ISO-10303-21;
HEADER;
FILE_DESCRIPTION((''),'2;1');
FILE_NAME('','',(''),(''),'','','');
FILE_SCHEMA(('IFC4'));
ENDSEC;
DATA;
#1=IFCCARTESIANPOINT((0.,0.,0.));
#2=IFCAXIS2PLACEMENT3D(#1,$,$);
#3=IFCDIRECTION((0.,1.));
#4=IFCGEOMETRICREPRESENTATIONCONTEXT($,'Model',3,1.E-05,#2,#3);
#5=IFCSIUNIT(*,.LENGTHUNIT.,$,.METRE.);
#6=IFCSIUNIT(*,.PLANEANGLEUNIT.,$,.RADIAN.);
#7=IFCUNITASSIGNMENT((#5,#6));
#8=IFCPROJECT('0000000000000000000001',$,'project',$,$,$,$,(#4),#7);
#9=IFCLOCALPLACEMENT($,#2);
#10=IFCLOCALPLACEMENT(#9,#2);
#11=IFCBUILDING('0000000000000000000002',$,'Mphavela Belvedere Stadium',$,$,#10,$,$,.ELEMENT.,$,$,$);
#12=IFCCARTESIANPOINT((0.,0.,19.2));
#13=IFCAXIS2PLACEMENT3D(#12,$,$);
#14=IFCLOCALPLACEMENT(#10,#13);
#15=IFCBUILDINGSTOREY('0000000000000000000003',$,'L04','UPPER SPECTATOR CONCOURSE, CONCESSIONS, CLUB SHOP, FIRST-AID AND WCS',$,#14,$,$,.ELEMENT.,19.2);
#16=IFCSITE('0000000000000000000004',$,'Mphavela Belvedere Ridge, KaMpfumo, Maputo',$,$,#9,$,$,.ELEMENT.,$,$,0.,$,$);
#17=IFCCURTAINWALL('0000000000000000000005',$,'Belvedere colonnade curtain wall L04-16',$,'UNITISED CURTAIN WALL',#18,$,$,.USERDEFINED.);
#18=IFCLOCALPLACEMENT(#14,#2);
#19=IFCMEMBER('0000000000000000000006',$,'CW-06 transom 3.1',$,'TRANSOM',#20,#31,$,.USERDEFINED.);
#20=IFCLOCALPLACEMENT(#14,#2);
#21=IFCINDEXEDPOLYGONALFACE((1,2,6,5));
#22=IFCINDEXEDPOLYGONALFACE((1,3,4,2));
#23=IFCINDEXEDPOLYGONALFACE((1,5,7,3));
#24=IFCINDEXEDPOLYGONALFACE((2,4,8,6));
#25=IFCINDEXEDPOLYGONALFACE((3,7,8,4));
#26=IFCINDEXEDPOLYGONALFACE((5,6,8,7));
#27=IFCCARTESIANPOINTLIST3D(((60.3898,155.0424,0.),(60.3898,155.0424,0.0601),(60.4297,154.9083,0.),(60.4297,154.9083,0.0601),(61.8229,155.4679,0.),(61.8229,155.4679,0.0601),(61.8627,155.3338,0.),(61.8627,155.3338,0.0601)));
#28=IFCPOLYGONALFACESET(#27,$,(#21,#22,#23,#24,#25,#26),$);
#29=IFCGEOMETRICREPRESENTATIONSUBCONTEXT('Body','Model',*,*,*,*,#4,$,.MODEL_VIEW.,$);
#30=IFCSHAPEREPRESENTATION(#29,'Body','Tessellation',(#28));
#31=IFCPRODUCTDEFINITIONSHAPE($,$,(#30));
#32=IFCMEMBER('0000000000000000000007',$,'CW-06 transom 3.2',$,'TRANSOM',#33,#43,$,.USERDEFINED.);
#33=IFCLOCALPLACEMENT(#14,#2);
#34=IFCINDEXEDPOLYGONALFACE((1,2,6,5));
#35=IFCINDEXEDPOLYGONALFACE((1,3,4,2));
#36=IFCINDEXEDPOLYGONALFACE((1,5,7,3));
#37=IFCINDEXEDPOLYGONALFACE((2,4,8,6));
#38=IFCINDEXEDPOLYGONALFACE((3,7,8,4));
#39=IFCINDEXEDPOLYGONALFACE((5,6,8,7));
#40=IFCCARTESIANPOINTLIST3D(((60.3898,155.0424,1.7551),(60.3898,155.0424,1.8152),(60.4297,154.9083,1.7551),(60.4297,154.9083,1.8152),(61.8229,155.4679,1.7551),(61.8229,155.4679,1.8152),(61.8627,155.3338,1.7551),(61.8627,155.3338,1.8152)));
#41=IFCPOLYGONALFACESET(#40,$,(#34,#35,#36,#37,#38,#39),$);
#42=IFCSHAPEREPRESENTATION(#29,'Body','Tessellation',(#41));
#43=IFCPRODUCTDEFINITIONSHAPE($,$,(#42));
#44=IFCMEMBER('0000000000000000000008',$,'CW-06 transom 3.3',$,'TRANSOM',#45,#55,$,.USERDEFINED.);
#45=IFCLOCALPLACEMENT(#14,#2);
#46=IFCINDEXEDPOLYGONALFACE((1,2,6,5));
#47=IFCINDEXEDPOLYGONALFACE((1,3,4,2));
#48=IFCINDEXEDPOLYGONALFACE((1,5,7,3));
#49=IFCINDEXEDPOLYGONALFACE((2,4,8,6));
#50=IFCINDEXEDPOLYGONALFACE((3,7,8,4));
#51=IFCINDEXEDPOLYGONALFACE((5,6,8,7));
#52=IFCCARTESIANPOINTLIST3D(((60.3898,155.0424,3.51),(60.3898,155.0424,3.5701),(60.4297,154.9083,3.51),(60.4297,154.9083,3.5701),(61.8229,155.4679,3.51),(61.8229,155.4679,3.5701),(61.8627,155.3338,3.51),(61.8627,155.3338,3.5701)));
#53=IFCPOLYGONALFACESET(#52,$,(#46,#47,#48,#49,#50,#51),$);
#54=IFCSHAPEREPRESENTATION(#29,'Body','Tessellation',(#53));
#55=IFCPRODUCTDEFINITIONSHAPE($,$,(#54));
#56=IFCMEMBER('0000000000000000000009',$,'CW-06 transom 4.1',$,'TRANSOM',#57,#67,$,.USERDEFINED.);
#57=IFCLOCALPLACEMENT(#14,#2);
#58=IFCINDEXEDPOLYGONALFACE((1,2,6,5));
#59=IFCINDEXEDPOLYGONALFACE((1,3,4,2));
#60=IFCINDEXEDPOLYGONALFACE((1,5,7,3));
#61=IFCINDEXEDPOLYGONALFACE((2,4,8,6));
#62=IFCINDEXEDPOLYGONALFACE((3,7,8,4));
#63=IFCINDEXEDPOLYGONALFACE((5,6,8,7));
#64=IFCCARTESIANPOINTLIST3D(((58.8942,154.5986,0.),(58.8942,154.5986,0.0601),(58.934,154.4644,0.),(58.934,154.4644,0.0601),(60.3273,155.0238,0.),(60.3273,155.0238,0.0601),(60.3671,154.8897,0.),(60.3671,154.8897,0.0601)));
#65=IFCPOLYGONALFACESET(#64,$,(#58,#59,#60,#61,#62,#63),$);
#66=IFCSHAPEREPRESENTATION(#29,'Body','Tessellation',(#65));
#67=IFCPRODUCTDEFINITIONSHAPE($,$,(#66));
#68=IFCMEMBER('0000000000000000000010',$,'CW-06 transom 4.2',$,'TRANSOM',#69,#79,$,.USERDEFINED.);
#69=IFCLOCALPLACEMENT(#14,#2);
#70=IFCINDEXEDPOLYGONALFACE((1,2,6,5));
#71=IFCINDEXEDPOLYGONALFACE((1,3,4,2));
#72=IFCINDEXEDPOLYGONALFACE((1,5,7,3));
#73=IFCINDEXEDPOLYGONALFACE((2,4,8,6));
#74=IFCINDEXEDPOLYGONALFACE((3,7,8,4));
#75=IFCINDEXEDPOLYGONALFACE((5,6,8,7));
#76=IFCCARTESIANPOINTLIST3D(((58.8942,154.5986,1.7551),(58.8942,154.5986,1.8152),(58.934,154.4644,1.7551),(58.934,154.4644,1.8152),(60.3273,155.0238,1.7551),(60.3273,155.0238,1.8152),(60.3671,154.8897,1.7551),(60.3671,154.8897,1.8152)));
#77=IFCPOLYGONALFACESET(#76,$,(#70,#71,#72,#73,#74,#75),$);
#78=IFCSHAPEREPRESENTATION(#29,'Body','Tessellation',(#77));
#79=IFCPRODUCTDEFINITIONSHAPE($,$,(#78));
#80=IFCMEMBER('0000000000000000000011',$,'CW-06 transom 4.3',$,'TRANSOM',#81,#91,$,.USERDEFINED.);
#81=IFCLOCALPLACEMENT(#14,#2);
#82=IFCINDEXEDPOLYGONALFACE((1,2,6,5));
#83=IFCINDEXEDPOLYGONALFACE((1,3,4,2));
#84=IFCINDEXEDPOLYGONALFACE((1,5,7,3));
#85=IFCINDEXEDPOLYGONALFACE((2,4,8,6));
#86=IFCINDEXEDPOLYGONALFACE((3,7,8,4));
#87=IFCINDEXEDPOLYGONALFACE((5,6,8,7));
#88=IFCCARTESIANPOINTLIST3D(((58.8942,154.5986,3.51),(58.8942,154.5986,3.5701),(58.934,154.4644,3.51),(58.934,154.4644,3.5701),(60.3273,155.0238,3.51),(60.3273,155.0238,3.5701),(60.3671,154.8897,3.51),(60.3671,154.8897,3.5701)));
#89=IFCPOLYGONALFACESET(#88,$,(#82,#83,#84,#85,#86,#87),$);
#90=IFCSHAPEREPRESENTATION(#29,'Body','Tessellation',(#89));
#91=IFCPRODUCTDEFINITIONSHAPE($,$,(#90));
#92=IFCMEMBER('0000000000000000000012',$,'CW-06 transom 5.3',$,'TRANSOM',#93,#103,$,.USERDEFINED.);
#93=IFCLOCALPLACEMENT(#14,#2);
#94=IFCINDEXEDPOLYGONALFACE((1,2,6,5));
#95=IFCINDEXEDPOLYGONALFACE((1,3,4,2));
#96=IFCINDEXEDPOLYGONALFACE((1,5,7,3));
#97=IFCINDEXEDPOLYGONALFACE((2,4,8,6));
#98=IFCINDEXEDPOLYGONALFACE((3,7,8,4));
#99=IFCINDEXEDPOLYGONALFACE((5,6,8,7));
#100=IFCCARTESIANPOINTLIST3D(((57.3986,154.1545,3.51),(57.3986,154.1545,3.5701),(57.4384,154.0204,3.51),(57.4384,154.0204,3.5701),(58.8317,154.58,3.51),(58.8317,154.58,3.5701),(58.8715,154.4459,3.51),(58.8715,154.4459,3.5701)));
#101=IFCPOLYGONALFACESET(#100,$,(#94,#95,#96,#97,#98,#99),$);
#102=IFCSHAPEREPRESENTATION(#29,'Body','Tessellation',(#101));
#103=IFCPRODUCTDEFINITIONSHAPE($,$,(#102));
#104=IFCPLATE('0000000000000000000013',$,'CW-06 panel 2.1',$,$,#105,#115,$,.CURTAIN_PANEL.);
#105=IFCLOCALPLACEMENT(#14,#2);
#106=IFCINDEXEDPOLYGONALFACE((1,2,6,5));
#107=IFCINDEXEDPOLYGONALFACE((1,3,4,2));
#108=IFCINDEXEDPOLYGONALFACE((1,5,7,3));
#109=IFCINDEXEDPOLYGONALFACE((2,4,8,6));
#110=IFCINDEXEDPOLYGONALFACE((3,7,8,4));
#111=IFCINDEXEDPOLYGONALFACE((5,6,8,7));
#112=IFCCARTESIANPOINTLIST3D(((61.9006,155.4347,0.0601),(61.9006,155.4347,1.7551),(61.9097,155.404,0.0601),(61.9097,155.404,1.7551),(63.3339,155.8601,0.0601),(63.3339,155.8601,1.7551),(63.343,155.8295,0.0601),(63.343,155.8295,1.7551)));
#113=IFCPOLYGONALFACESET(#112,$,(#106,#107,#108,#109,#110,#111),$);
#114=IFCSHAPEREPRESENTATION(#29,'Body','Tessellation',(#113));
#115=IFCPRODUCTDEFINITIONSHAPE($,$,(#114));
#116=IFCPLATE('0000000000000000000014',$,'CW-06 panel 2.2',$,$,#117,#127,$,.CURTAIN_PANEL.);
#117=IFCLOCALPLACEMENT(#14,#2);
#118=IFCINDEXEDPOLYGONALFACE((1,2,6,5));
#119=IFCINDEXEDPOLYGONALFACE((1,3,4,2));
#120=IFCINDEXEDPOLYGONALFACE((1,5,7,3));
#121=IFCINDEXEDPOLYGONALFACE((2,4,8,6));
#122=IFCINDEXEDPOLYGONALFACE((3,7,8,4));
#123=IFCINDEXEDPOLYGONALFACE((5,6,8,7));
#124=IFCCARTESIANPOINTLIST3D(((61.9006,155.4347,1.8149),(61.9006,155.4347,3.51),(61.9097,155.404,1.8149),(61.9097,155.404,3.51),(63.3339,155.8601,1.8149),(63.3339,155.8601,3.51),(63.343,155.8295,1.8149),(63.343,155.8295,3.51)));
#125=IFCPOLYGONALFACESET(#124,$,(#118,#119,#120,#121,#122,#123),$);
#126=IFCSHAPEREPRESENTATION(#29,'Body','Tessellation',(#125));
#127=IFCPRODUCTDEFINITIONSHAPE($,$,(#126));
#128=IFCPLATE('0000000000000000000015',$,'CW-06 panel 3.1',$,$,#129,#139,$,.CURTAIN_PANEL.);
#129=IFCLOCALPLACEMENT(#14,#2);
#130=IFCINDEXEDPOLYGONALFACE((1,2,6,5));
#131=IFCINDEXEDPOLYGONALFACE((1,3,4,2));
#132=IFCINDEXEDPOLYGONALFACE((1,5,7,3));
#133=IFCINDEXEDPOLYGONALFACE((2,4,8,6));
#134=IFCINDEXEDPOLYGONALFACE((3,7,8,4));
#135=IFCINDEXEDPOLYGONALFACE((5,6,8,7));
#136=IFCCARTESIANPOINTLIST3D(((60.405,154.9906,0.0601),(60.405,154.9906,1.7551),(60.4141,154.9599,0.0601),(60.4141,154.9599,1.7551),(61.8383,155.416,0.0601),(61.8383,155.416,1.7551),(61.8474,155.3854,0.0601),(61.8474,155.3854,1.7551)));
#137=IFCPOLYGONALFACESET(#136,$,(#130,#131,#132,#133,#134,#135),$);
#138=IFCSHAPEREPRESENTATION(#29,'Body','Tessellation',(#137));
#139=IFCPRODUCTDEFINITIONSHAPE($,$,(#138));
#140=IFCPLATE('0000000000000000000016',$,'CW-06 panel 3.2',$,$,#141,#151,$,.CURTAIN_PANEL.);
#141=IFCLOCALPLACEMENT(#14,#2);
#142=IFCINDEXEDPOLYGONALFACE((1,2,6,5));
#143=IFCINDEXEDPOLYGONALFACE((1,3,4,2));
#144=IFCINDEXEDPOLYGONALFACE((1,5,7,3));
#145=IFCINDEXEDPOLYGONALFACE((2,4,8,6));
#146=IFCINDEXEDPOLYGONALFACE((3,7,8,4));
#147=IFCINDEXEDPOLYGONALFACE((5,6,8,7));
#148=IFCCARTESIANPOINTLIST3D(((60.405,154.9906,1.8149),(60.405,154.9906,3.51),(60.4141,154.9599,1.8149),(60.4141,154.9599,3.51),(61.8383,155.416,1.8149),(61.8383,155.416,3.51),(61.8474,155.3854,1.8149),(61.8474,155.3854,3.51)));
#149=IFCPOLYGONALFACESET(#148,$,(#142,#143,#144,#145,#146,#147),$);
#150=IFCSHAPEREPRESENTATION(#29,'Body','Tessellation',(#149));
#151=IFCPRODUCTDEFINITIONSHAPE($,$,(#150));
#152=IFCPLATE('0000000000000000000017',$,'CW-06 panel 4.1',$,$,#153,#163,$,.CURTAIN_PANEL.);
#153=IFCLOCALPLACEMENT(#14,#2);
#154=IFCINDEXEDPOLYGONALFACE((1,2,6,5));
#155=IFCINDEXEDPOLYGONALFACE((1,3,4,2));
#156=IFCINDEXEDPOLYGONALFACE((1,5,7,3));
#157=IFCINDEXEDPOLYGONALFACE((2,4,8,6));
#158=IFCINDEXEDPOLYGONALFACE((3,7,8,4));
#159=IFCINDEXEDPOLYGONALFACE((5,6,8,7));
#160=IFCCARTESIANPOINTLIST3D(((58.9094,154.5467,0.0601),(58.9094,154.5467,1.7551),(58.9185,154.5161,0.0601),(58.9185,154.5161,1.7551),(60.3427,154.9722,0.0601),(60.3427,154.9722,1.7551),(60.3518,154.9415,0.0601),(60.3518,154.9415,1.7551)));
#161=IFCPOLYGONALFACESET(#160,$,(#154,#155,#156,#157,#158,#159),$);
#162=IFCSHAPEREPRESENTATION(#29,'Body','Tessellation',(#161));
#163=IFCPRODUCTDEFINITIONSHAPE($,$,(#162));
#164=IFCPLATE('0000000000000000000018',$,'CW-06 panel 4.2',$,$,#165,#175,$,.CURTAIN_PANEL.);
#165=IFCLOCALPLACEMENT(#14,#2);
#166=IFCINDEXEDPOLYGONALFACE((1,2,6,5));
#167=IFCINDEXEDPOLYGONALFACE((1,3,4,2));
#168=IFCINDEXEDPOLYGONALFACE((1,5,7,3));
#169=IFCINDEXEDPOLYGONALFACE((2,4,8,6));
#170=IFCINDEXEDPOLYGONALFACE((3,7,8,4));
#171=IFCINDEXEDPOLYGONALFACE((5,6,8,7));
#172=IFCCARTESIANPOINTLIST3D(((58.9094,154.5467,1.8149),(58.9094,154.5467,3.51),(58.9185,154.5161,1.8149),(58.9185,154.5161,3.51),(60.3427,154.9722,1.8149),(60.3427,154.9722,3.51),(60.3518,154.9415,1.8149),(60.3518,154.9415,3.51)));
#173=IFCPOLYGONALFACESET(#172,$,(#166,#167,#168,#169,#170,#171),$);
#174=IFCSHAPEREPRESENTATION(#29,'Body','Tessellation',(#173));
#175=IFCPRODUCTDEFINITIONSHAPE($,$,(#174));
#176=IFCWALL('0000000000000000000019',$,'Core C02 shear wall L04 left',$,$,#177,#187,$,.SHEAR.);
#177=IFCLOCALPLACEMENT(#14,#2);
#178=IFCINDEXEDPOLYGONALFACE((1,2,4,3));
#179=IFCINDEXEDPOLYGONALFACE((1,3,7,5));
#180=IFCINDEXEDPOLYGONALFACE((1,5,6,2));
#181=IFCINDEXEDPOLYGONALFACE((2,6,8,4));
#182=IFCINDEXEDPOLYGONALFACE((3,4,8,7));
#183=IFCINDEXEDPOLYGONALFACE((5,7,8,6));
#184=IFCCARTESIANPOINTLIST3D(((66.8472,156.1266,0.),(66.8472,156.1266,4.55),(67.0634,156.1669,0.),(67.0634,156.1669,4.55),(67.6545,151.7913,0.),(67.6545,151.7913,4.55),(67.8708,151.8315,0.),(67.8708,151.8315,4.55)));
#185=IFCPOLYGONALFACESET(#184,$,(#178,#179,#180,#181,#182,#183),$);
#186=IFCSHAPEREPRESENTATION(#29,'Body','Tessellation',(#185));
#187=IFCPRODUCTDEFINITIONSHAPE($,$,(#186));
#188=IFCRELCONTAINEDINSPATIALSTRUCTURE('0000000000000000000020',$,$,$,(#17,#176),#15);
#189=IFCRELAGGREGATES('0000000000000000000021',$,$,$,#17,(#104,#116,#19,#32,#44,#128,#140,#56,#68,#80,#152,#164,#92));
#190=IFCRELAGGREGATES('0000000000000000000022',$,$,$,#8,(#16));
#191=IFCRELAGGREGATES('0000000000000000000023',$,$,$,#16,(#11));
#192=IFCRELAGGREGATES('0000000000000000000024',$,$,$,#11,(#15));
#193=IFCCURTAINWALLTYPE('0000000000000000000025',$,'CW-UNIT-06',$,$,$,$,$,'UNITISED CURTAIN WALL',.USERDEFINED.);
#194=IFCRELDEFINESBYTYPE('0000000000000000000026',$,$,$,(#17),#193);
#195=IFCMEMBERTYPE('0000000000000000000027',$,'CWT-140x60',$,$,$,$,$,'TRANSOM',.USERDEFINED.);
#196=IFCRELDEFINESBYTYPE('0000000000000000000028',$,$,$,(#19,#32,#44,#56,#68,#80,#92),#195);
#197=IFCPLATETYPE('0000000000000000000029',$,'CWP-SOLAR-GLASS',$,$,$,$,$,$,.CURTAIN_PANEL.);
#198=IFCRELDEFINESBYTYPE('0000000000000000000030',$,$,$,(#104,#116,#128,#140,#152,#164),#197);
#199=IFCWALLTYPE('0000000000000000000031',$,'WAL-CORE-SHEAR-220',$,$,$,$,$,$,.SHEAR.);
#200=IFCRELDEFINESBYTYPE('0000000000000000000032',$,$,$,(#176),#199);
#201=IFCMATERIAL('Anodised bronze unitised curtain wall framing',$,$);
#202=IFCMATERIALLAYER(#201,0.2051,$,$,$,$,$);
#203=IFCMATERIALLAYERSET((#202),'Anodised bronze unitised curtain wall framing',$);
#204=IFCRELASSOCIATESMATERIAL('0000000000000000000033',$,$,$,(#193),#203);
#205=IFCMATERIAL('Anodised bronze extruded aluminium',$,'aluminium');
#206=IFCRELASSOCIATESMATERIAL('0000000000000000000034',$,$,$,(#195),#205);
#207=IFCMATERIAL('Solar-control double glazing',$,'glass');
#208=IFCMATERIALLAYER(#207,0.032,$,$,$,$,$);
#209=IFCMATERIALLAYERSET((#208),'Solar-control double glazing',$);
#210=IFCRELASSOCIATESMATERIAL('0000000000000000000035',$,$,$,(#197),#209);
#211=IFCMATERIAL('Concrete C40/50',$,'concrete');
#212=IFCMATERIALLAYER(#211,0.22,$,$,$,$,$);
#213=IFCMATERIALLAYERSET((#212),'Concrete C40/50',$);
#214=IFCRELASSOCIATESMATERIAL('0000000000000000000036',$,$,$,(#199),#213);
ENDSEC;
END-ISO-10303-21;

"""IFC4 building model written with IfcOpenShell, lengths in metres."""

from ifc_helpers import new_model, si_unit, direction, frame, frame_2d, origin, origin_2d, place, context, subcontext, project, spatial, rectangle, extrude, material, layer, layer_set, material_profile, profile_set, type_object, element, aggregate, save


model = new_model("IFC4")

# Units and contexts
model_context = context("Model", 3, precision=1e-05, world=origin(), true_north=direction((0.0, 1.0)))
body_context = subcontext(model_context, "Body", "Model", "MODEL_VIEW")
ifc_project = project(units=[si_unit("LENGTHUNIT", "METRE"), si_unit("PLANEANGLEUNIT", "RADIAN")], contexts=[model_context])

# Site, building, storey
site_placement = place(None, origin())
site = spatial("IfcSite", under=ifc_project, at=site_placement, Name="Mphavela Belvedere Ridge, KaMpfumo, Maputo", CompositionType="ELEMENT", RefElevation=0.0)
building_placement = place(site_placement, origin())
building = spatial("IfcBuilding", under=site, at=building_placement, Name="Mphavela Belvedere Stadium", CompositionType="ELEMENT")
storey_placement = place(building_placement, frame((0.0, 0.0, 19.2)))
storey = spatial("IfcBuildingStorey", under=building, at=storey_placement, Name="L04", Description="UPPER SPECTATOR CONCOURSE, CONCESSIONS, CLUB SHOP, FIRST-AID AND WCS", CompositionType="ELEMENT", Elevation=19.2)

# Curtain wall, members, plates
ifc_material_1 = material(Name="Anodised bronze unitised curtain wall framing")
ifc_layer_1 = layer(ifc_material_1, 0.2051)
ifc_layer_set_1 = layer_set([ifc_layer_1], Name="Anodised bronze unitised curtain wall framing")
curtain_wall_type = type_object("IfcCurtainWallType", Name="CW-UNIT-06", ElementType="UNITISED CURTAIN WALL", PredefinedType="USERDEFINED", material=ifc_layer_set_1)
curtain_wall_placement = place(storey_placement, origin())
curtain_wall = element("IfcCurtainWall", 1, at=curtain_wall_placement, inside=storey, type_object=curtain_wall_type, Name="Belvedere colonnade curtain wall L04-16", ObjectType="UNITISED CURTAIN WALL", PredefinedType="USERDEFINED")
ifc_material_2 = material(Name="Anodised bronze extruded aluminium", Category="aluminium")
ifc_material_profile_1 = material_profile(ifc_material_2, rectangle(XDim=0.1399, YDim=0.0601, at=origin_2d()), Name="CW-TRN 140x60")
ifc_profile_set_1 = profile_set([ifc_material_profile_1], Name="Anodised bronze extruded aluminium")
member_type_1 = type_object("IfcMemberType", Name="CWT-140x60", ElementType="TRANSOM", PredefinedType="USERDEFINED", material=ifc_profile_set_1)
member_1_placement = place(storey_placement, frame((61.8428, 155.4009, 0.03), z_axis=(-0.958632, -0.28465, 0.0), x_axis=(0.28465, -0.958632, 0.0)))
member_1 = element("IfcMember", 2, at=member_1_placement, type_object=member_type_1, Name="CW-06 transom 3.1", ObjectType="TRANSOM", PredefinedType="USERDEFINED", context=body_context, shape_type="SweptSolid", body=[
    extrude(rectangle(XDim=0.1399, YDim=0.0601, at=origin_2d()), origin(), (0.0, 0.0, 1.0), 1.4949),
])
member_2_placement = place(storey_placement, frame((61.8428, 155.4009, 1.7852), z_axis=(-0.958632, -0.28465, 0.0), x_axis=(0.28465, -0.958632, 0.0)))
member_2 = element("IfcMember", 3, at=member_2_placement, type_object=member_type_1, Name="CW-06 transom 3.2", ObjectType="TRANSOM", PredefinedType="USERDEFINED", context=body_context, shape_type="SweptSolid", body=[
    extrude(rectangle(XDim=0.1399, YDim=0.0601, at=origin_2d()), origin(), (0.0, 0.0, 1.0), 1.4949),
])
member_3_placement = place(storey_placement, frame((61.8428, 155.4009, 3.54), z_axis=(-0.958632, -0.28465, 0.0), x_axis=(0.28465, -0.958632, 0.0)))
member_3 = element("IfcMember", 4, at=member_3_placement, type_object=member_type_1, Name="CW-06 transom 3.3", ObjectType="TRANSOM", PredefinedType="USERDEFINED", context=body_context, shape_type="SweptSolid", body=[
    extrude(rectangle(XDim=0.1399, YDim=0.0601, at=origin_2d()), origin(), (0.0, 0.0, 1.0), 1.4949),
])
member_4_placement = place(storey_placement, frame((60.3472, 154.9568, 0.03), z_axis=(-0.958676, -0.2845, 0.0), x_axis=(0.2845, -0.958676, 0.0)))
member_4 = element("IfcMember", 5, at=member_4_placement, type_object=member_type_1, Name="CW-06 transom 4.1", ObjectType="TRANSOM", PredefinedType="USERDEFINED", context=body_context, shape_type="SweptSolid", body=[
    extrude(rectangle(XDim=0.1399, YDim=0.0601, at=origin_2d()), origin(), (0.0, 0.0, 1.0), 1.4949),
])
member_5_placement = place(storey_placement, frame((60.3472, 154.9568, 1.7852), z_axis=(-0.958676, -0.2845, 0.0), x_axis=(0.2845, -0.958676, 0.0)))
member_5 = element("IfcMember", 6, at=member_5_placement, type_object=member_type_1, Name="CW-06 transom 4.2", ObjectType="TRANSOM", PredefinedType="USERDEFINED", context=body_context, shape_type="SweptSolid", body=[
    extrude(rectangle(XDim=0.1399, YDim=0.0601, at=origin_2d()), origin(), (0.0, 0.0, 1.0), 1.4949),
])
member_6_placement = place(storey_placement, frame((60.3472, 154.9568, 3.54), z_axis=(-0.958676, -0.2845, 0.0), x_axis=(0.2845, -0.958676, 0.0)))
member_6 = element("IfcMember", 7, at=member_6_placement, type_object=member_type_1, Name="CW-06 transom 4.3", ObjectType="TRANSOM", PredefinedType="USERDEFINED", context=body_context, shape_type="SweptSolid", body=[
    extrude(rectangle(XDim=0.1399, YDim=0.0601, at=origin_2d()), origin(), (0.0, 0.0, 1.0), 1.4949),
])
member_7_placement = place(storey_placement, frame((58.8516, 154.5129, 3.54), z_axis=(-0.958632, -0.28465, 0.0), x_axis=(0.28465, -0.958632, 0.0)))
member_7 = element("IfcMember", 8, at=member_7_placement, type_object=member_type_1, Name="CW-06 transom 5.3", ObjectType="TRANSOM", PredefinedType="USERDEFINED", context=body_context, shape_type="SweptSolid", body=[
    extrude(rectangle(XDim=0.1399, YDim=0.0601, at=origin_2d()), origin(), (0.0, 0.0, 1.0), 1.4949),
])
ifc_material_3 = material(Name="Solar-control double glazing", Category="glass")
ifc_layer_2 = layer(ifc_material_3, 0.032)
ifc_layer_set_2 = layer_set([ifc_layer_2], Name="Solar-control double glazing")
plate_type = type_object("IfcPlateType", Name="CWP-SOLAR-GLASS", PredefinedType="CURTAIN_PANEL", material=ifc_layer_set_2)
plate_1_placement = place(storey_placement, frame((62.6218, 155.6321, 0.0601), z_axis=(0.0, 0.0, 1.0), x_axis=(-0.958658, -0.284561, 0.0)))
plate_1 = element("IfcPlate", 9, at=plate_1_placement, type_object=plate_type, Name="CW-06 panel 2.1", PredefinedType="CURTAIN_PANEL", context=body_context, shape_type="SweptSolid", body=[
    extrude(rectangle(XDim=1.4951, YDim=0.032, at=origin_2d()), origin(), (0.0, 0.0, 1.0), 1.6951),
])
plate_2_placement = place(storey_placement, frame((62.6218, 155.6321, 1.8149), z_axis=(0.0, 0.0, 1.0), x_axis=(-0.958658, -0.284561, 0.0)))
plate_2 = element("IfcPlate", 10, at=plate_2_placement, type_object=plate_type, Name="CW-06 panel 2.2", PredefinedType="CURTAIN_PANEL", context=body_context, shape_type="SweptSolid", body=[
    extrude(rectangle(XDim=1.4951, YDim=0.032, at=origin_2d()), origin(), (0.0, 0.0, 1.0), 1.6951),
])
plate_3_placement = place(storey_placement, frame((61.1262, 155.188, 0.0601), z_axis=(0.0, 0.0, 1.0), x_axis=(-0.958658, -0.284561, 0.0)))
plate_3 = element("IfcPlate", 11, at=plate_3_placement, type_object=plate_type, Name="CW-06 panel 3.1", PredefinedType="CURTAIN_PANEL", context=body_context, shape_type="SweptSolid", body=[
    extrude(rectangle(XDim=1.4951, YDim=0.032, at=origin_2d()), origin(), (0.0, 0.0, 1.0), 1.6951),
])
plate_4_placement = place(storey_placement, frame((61.1262, 155.188, 1.8149), z_axis=(0.0, 0.0, 1.0), x_axis=(-0.958658, -0.284561, 0.0)))
plate_4 = element("IfcPlate", 12, at=plate_4_placement, type_object=plate_type, Name="CW-06 panel 3.2", PredefinedType="CURTAIN_PANEL", context=body_context, shape_type="SweptSolid", body=[
    extrude(rectangle(XDim=1.4951, YDim=0.032, at=origin_2d()), origin(), (0.0, 0.0, 1.0), 1.6951),
])
plate_5_placement = place(storey_placement, frame((59.6306, 154.7441, 0.0601), z_axis=(0.0, 0.0, 1.0), x_axis=(-0.958658, -0.284561, 0.0)))
plate_5 = element("IfcPlate", 13, at=plate_5_placement, type_object=plate_type, Name="CW-06 panel 4.1", PredefinedType="CURTAIN_PANEL", context=body_context, shape_type="SweptSolid", body=[
    extrude(rectangle(XDim=1.4951, YDim=0.032, at=origin_2d()), origin(), (0.0, 0.0, 1.0), 1.6951),
])
plate_6_placement = place(storey_placement, frame((59.6306, 154.7441, 1.8149), z_axis=(0.0, 0.0, 1.0), x_axis=(-0.958658, -0.284561, 0.0)))
plate_6 = element("IfcPlate", 14, at=plate_6_placement, type_object=plate_type, Name="CW-06 panel 4.2", PredefinedType="CURTAIN_PANEL", context=body_context, shape_type="SweptSolid", body=[
    extrude(rectangle(XDim=1.4951, YDim=0.032, at=origin_2d()), origin(), (0.0, 0.0, 1.0), 1.6951),
])
aggregate(curtain_wall, [plate_1, plate_2, member_1, member_2, member_3, plate_3, plate_4, member_4, member_5, member_6, plate_5, plate_6, member_7])

# Wall
ifc_material_4 = material(Name="Concrete C40/50", Category="concrete")
ifc_layer_3 = layer(ifc_material_4, 0.22)
ifc_layer_set_3 = layer_set([ifc_layer_3], Name="Concrete C40/50")
wall_type = type_object("IfcWallType", Name="WAL-CORE-SHEAR-220", PredefinedType="SHEAR", material=ifc_layer_set_3)
wall_1_placement = place(storey_placement, frame((67.7627, 151.8113, 0.0), z_axis=(0.0, 0.0, 1.0), x_axis=(-0.183078, 0.983098, 0.0)))
element("IfcWall", 15, at=wall_1_placement, inside=storey, type_object=wall_type, Name="Core C02 shear wall L04 left", PredefinedType="SHEAR", context=body_context, shape_type="SweptSolid", body=[
    extrude(rectangle(XDim=4.4099, YDim=0.22, at=frame_2d((2.2051, 0.0))), origin(), (0.0, 0.0, 1.0), 4.55),
])

save(model, "model.ifc")
